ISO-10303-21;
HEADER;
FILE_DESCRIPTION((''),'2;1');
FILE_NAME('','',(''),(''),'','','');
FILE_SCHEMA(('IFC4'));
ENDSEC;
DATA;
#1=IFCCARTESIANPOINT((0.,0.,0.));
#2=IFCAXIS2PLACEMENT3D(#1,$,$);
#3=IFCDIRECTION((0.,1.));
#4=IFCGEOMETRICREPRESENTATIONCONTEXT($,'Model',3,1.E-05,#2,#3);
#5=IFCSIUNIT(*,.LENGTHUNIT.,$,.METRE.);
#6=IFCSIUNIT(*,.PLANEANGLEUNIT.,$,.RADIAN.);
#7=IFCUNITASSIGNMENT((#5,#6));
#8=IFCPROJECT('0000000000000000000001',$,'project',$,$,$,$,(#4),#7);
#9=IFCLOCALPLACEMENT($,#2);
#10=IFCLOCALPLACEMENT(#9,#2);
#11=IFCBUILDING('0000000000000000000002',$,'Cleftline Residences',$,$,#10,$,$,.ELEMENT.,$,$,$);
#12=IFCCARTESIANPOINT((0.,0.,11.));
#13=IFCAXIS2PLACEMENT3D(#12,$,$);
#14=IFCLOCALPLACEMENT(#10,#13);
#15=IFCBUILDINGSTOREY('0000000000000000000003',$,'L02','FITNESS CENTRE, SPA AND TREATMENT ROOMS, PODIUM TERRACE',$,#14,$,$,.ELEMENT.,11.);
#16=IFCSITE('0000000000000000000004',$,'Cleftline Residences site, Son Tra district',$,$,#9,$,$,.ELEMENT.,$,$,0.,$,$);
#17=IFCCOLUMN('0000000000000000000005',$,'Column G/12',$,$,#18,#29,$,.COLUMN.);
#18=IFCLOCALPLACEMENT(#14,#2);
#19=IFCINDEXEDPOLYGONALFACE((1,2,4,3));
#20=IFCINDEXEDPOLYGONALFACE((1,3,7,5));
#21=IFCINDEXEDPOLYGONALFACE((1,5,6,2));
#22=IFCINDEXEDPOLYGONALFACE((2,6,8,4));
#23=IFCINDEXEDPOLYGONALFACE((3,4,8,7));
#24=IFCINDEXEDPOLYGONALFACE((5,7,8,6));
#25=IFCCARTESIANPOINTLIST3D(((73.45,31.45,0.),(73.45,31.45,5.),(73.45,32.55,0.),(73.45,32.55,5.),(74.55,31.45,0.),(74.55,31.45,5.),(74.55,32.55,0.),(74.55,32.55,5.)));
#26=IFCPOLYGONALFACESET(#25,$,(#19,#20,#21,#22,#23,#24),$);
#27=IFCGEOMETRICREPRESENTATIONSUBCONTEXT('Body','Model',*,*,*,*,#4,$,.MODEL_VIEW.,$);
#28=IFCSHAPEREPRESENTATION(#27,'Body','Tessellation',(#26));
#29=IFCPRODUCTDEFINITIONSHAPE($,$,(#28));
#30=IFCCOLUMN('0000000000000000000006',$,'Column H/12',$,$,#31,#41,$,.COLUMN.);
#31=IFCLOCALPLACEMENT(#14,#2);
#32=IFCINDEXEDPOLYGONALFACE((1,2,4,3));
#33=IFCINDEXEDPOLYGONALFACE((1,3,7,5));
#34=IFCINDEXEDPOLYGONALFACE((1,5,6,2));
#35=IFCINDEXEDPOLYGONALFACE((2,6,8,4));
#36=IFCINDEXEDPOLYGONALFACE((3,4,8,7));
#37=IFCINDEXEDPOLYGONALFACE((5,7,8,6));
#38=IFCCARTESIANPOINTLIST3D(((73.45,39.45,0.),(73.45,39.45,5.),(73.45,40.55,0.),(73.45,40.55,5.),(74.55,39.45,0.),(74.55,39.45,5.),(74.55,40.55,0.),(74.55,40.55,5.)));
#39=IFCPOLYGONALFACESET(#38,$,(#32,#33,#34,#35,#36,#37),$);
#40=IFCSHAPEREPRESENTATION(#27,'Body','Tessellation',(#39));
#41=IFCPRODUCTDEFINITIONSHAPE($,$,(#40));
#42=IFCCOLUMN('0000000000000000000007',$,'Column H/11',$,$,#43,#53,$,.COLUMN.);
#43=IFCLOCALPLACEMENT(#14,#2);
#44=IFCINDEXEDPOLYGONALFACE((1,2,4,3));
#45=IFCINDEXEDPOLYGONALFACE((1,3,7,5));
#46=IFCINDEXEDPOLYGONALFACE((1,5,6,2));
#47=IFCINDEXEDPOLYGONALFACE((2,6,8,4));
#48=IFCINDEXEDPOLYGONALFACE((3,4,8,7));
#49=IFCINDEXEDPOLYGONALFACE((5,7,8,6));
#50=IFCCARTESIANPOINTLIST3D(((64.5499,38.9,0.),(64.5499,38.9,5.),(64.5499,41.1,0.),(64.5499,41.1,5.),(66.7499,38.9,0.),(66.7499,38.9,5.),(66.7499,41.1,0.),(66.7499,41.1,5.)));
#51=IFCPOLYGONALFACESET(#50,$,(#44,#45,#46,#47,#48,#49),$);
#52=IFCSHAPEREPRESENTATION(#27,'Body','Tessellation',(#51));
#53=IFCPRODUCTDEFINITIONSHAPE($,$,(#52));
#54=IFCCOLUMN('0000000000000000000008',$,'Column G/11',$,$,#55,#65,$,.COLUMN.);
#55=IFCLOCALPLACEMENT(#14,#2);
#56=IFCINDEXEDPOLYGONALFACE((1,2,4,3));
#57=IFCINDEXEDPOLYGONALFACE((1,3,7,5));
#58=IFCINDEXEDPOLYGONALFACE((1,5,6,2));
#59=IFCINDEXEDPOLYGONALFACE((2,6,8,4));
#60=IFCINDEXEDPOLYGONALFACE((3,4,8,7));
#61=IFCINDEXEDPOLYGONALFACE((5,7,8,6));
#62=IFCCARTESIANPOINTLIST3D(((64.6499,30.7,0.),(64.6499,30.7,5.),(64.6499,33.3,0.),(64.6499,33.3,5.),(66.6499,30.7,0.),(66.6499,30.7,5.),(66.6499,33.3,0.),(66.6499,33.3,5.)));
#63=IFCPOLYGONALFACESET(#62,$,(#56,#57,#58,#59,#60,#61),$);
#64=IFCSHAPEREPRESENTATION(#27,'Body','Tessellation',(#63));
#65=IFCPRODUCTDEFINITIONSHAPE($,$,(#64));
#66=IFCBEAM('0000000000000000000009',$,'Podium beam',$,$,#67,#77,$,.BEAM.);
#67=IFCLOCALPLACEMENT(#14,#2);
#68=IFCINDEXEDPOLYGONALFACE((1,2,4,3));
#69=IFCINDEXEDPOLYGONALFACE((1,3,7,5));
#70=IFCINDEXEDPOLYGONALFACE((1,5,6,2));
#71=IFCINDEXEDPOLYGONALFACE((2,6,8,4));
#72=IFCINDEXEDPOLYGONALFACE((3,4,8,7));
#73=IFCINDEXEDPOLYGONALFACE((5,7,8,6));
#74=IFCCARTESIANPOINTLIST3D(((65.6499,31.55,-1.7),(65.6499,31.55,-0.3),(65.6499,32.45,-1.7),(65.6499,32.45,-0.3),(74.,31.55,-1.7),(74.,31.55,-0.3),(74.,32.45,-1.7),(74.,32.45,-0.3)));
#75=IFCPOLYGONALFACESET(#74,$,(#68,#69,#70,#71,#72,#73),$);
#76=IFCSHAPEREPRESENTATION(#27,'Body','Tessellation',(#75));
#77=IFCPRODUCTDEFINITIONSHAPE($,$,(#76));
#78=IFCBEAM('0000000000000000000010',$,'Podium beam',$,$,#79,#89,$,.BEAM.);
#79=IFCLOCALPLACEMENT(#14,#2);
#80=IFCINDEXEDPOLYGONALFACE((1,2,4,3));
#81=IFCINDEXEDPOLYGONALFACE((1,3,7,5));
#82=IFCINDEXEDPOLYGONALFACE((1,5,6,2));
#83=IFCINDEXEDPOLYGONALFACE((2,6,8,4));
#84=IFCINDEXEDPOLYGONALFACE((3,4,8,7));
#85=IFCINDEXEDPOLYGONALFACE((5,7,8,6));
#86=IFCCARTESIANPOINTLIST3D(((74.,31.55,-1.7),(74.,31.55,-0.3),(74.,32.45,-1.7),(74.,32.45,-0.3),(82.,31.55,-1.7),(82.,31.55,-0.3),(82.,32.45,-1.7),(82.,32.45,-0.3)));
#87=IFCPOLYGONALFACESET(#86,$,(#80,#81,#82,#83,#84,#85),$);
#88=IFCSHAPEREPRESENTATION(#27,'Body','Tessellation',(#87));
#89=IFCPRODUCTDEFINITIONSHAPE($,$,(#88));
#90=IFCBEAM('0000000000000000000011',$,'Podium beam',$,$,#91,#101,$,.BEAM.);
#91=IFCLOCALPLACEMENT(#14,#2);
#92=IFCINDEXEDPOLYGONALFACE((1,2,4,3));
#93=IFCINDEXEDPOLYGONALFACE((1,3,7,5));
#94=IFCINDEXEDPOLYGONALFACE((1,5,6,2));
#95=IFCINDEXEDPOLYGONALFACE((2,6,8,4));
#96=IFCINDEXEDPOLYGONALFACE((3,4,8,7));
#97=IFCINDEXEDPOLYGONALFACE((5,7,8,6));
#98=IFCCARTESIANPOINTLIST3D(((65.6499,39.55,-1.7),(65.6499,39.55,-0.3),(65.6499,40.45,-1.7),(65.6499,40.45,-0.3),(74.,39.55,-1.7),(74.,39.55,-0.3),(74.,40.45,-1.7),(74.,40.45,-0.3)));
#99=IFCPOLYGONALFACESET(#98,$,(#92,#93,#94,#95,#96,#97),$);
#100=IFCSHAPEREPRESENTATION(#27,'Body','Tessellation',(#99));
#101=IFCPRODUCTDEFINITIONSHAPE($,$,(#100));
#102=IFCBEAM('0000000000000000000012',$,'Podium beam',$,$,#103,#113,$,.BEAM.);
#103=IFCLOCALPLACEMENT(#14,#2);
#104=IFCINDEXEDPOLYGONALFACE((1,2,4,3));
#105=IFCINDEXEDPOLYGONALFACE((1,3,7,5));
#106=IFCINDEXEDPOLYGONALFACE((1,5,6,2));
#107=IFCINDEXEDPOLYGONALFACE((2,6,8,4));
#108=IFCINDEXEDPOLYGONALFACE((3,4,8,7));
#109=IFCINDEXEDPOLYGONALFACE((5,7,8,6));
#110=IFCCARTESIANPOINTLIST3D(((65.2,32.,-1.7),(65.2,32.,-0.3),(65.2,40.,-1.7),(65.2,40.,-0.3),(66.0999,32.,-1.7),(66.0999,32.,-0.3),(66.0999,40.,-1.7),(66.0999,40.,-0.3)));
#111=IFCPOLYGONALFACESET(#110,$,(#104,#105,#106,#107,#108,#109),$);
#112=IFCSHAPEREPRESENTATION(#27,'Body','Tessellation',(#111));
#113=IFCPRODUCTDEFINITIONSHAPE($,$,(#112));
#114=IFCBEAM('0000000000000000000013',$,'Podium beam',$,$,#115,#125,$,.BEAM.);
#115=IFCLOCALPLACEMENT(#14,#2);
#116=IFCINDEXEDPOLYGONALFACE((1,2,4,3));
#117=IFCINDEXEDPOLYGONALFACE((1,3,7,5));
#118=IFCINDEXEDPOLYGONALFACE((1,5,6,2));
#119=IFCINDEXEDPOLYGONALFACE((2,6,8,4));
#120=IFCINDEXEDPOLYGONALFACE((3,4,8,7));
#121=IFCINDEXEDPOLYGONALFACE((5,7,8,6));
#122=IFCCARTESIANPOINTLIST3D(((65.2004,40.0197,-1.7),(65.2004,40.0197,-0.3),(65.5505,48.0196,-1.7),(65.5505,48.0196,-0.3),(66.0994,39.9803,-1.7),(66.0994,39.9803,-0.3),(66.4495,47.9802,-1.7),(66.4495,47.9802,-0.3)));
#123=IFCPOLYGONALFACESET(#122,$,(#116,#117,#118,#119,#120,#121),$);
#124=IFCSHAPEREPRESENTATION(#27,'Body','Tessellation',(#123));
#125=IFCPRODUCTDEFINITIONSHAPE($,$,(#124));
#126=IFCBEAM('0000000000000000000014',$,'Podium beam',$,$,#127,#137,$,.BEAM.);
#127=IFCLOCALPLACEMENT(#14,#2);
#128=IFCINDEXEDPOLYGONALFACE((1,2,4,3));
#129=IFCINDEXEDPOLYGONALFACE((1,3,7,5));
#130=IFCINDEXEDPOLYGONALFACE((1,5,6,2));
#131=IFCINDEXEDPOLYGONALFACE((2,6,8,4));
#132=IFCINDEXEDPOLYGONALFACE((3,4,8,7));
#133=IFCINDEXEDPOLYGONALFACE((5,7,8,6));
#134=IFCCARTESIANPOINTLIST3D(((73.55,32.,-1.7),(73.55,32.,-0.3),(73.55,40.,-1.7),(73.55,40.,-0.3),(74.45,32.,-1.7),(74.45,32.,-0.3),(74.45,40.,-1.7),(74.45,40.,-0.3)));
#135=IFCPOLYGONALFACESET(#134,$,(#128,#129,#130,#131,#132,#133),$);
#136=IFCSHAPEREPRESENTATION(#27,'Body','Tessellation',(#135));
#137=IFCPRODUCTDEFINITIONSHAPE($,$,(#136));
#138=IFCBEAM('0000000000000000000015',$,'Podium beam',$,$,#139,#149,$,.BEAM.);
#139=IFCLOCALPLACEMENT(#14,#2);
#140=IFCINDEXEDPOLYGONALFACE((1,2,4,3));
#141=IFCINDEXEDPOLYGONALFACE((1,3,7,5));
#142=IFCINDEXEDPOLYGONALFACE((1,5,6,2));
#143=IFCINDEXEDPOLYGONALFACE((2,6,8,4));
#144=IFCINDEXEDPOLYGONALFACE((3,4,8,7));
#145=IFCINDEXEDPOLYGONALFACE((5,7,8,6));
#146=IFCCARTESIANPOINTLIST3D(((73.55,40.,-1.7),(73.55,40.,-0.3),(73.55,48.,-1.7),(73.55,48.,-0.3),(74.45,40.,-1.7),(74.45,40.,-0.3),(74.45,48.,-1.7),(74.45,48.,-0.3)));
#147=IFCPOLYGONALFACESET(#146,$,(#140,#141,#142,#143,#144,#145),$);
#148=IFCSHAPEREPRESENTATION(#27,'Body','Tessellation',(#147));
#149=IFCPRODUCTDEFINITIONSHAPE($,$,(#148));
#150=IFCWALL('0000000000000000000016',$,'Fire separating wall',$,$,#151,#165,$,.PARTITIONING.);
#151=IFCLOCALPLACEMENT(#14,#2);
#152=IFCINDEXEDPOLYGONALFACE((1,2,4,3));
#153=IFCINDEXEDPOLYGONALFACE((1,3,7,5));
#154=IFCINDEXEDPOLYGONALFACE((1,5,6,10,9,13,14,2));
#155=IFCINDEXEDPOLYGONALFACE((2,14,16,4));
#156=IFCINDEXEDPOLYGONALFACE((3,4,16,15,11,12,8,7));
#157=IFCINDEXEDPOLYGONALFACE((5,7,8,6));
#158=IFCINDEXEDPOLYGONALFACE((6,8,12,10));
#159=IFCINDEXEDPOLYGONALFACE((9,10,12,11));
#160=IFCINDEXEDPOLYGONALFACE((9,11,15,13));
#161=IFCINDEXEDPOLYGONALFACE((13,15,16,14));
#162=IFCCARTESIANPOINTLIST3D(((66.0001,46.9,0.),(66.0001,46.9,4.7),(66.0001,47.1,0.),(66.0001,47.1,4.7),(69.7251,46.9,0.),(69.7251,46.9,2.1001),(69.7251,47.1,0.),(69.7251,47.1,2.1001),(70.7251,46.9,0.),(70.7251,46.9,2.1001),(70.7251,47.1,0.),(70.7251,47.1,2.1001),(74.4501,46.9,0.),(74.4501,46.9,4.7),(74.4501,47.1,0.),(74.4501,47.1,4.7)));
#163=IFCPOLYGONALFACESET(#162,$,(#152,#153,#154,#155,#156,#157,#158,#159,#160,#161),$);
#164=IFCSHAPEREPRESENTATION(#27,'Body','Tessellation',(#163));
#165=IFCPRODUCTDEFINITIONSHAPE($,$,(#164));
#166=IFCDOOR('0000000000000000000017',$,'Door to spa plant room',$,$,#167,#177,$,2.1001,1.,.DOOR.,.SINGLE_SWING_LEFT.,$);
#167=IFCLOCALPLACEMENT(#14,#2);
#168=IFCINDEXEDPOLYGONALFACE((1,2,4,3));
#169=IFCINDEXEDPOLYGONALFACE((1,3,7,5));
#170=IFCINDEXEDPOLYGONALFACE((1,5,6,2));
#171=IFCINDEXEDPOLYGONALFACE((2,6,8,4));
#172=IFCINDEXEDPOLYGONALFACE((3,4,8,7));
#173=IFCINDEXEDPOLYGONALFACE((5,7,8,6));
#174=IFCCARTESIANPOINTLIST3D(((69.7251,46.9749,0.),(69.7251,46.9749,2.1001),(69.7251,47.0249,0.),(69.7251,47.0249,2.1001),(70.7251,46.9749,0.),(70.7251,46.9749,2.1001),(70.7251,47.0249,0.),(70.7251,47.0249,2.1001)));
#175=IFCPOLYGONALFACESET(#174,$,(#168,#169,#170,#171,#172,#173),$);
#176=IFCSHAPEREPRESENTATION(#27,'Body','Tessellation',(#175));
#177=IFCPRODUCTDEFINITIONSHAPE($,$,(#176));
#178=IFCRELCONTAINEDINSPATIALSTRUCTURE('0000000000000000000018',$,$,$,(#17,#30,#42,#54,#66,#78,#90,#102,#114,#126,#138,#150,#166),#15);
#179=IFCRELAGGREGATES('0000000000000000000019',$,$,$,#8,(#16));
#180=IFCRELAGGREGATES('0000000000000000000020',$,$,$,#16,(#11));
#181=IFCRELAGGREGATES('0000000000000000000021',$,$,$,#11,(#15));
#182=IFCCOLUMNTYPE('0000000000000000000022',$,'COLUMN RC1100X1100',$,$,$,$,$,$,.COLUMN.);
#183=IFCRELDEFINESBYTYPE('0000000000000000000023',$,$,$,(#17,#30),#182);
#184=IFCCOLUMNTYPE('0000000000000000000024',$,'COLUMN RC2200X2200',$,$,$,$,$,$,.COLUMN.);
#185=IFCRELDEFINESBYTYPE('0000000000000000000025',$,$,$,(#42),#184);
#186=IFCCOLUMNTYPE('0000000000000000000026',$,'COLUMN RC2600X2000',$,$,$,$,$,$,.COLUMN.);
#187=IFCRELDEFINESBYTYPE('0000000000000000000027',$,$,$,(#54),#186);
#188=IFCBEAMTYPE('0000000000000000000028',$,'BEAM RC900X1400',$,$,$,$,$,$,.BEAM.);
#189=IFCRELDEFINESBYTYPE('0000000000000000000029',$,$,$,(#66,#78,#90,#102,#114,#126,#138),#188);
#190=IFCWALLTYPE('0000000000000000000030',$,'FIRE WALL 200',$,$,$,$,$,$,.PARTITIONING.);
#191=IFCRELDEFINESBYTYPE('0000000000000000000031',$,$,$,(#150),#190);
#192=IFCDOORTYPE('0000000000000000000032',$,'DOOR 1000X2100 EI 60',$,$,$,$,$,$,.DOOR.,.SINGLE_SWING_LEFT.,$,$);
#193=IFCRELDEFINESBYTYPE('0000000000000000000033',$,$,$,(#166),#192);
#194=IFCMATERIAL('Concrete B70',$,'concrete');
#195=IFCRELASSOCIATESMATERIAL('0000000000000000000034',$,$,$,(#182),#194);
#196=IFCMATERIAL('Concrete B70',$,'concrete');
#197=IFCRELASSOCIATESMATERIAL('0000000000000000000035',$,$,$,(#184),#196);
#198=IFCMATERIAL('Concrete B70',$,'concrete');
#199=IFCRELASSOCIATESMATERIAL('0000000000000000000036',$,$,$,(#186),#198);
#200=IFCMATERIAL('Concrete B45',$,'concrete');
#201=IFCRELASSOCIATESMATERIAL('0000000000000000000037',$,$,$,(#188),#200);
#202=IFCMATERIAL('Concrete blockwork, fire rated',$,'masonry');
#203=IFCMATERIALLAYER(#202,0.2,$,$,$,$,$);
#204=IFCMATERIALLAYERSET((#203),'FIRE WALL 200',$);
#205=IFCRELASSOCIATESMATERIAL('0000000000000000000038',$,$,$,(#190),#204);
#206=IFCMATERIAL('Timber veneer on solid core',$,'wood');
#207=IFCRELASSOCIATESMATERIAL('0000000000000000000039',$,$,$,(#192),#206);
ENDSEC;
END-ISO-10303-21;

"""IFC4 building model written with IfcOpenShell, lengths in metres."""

from ifc_helpers import new_model, si_unit, direction, frame, frame_2d, origin, origin_2d, place, context, subcontext, project, spatial, rectangle, extrude, material, layer, layer_set, material_profile, profile_set, type_object, element, fill, save


model = new_model("IFC4")

# Units and contexts
model_context = context("Model", 3, precision=1e-05, world=origin(), true_north=direction((0.0, 1.0)))
body_context = subcontext(model_context, "Body", "Model", "MODEL_VIEW")
ifc_project = project(units=[si_unit("LENGTHUNIT", "METRE"), si_unit("PLANEANGLEUNIT", "RADIAN")], contexts=[model_context])

# Site, building, storey
site_placement = place(None, origin())
site = spatial("IfcSite", under=ifc_project, at=site_placement, Name="Cleftline Residences site, Son Tra district", CompositionType="ELEMENT", RefElevation=0.0)
building_placement = place(site_placement, origin())
building = spatial("IfcBuilding", under=site, at=building_placement, Name="Cleftline Residences", CompositionType="ELEMENT")
storey_placement = place(building_placement, frame((0.0, 0.0, 11.0)))
storey = spatial("IfcBuildingStorey", under=building, at=storey_placement, Name="L02", Description="FITNESS CENTRE, SPA AND TREATMENT ROOMS, PODIUM TERRACE", CompositionType="ELEMENT", Elevation=11.0)

# Columns
ifc_material_1 = material(Name="Concrete B70", Category="concrete")
ifc_material_profile_1 = material_profile(ifc_material_1, rectangle(XDim=1.1001, YDim=1.1001, at=origin_2d()))
ifc_profile_set_1 = profile_set([ifc_material_profile_1], Name="Concrete B70")
column_type_1 = type_object("IfcColumnType", Name="COLUMN RC1100X1100", PredefinedType="COLUMN", material=ifc_profile_set_1)
for number, where, z_axis, x_axis, name in (
    (1, (74.0, 32.0, 0.0), (0.0, 0.0, 1.0), (1.0, 0.0, 0.0), "Column G/12"),
    (2, (74.0, 40.0, 0.0), (0.0, 0.0, 1.0), (1.0, 0.0, 0.0), "Column H/12"),
):
    element("IfcColumn", number, at=place(storey_placement, frame(where, z_axis=z_axis, x_axis=x_axis)), inside=storey, type_object=column_type_1, Name=name, PredefinedType="COLUMN", context=body_context, shape_type="SweptSolid", body=[
        extrude(rectangle(XDim=1.1001, YDim=1.1001, at=origin_2d()), origin(), (0.0, 0.0, 1.0), 5.0),
    ])
ifc_material_2 = material(Name="Concrete B70", Category="concrete")
ifc_material_profile_2 = material_profile(ifc_material_2, rectangle(XDim=2.2, YDim=2.2, at=origin_2d()))
ifc_profile_set_2 = profile_set([ifc_material_profile_2], Name="Concrete B70")
column_type_2 = type_object("IfcColumnType", Name="COLUMN RC2200X2200", PredefinedType="COLUMN", material=ifc_profile_set_2)
column_1_placement = place(storey_placement, frame((65.6499, 40.0, 0.0), z_axis=(0.0, 0.0, 1.0), x_axis=(1.0, 0.0, 0.0)))
element("IfcColumn", 3, at=column_1_placement, inside=storey, type_object=column_type_2, Name="Column H/11", PredefinedType="COLUMN", context=body_context, shape_type="SweptSolid", body=[
    extrude(rectangle(XDim=2.2, YDim=2.2, at=origin_2d()), origin(), (0.0, 0.0, 1.0), 5.0),
])
ifc_material_3 = material(Name="Concrete B70", Category="concrete")
ifc_material_profile_3 = material_profile(ifc_material_3, rectangle(XDim=2.6001, YDim=2.0, at=origin_2d()))
ifc_profile_set_3 = profile_set([ifc_material_profile_3], Name="Concrete B70")
column_type_3 = type_object("IfcColumnType", Name="COLUMN RC2600X2000", PredefinedType="COLUMN", material=ifc_profile_set_3)
column_2_placement = place(storey_placement, frame((65.6499, 32.0, 0.0), z_axis=(0.0, 0.0, 1.0), x_axis=(0.0, 1.0, 0.0)))
element("IfcColumn", 4, at=column_2_placement, inside=storey, type_object=column_type_3, Name="Column G/11", PredefinedType="COLUMN", context=body_context, shape_type="SweptSolid", body=[
    extrude(rectangle(XDim=2.6001, YDim=2.0, at=origin_2d()), origin(), (0.0, 0.0, 1.0), 5.0),
])

# Beams
ifc_material_4 = material(Name="Concrete B45", Category="concrete")
ifc_material_profile_4 = material_profile(ifc_material_4, rectangle(XDim=0.8999, YDim=1.3999, at=origin_2d()))
ifc_profile_set_4 = profile_set([ifc_material_profile_4], Name="Concrete B45")
beam_type = type_object("IfcBeamType", Name="BEAM RC900X1400", PredefinedType="BEAM", material=ifc_profile_set_4)
beam_1_placement = place(storey_placement, frame((65.6499, 32.0, -1.0), z_axis=(1.0, 0.0, 0.0), x_axis=(0.0, 1.0, 0.0)))
element("IfcBeam", 5, at=beam_1_placement, inside=storey, type_object=beam_type, Name="Podium beam", PredefinedType="BEAM", context=body_context, shape_type="SweptSolid", body=[
    extrude(rectangle(XDim=0.8999, YDim=1.3999, at=origin_2d()), origin(), (0.0, 0.0, 1.0), 8.3501),
])
beam_2_placement = place(storey_placement, frame((74.0, 32.0, -1.0), z_axis=(1.0, 0.0, 0.0), x_axis=(0.0, 1.0, 0.0)))
element("IfcBeam", 6, at=beam_2_placement, inside=storey, type_object=beam_type, Name="Podium beam", PredefinedType="BEAM", context=body_context, shape_type="SweptSolid", body=[
    extrude(rectangle(XDim=0.8999, YDim=1.3999, at=origin_2d()), origin(), (0.0, 0.0, 1.0), 8.0),
])
beam_3_placement = place(storey_placement, frame((65.6499, 40.0, -1.0), z_axis=(1.0, 0.0, 0.0), x_axis=(0.0, 1.0, 0.0)))
element("IfcBeam", 7, at=beam_3_placement, inside=storey, type_object=beam_type, Name="Podium beam", PredefinedType="BEAM", context=body_context, shape_type="SweptSolid", body=[
    extrude(rectangle(XDim=0.8999, YDim=1.3999, at=origin_2d()), origin(), (0.0, 0.0, 1.0), 8.3501),
])
beam_4_placement = place(storey_placement, frame((65.6499, 32.0, -1.0), z_axis=(0.0, 1.0, 0.0), x_axis=(-1.0, 0.0, 0.0)))
element("IfcBeam", 8, at=beam_4_placement, inside=storey, type_object=beam_type, Name="Podium beam", PredefinedType="BEAM", context=body_context, shape_type="SweptSolid", body=[
    extrude(rectangle(XDim=0.8999, YDim=1.3999, at=origin_2d()), origin(), (0.0, 0.0, 1.0), 8.0),
])
beam_5_placement = place(storey_placement, frame((65.6499, 40.0, -1.0), z_axis=(0.04372, 0.999044, 0.0), x_axis=(-0.999044, 0.04372, 0.0)))
element("IfcBeam", 9, at=beam_5_placement, inside=storey, type_object=beam_type, Name="Podium beam", PredefinedType="BEAM", context=body_context, shape_type="SweptSolid", body=[
    extrude(rectangle(XDim=0.8999, YDim=1.3999, at=origin_2d()), origin(), (0.0, 0.0, 1.0), 8.0076),
])
for number, where, z_axis, x_axis, name in (
    (10, (74.0, 32.0, -1.0), (0.0, 1.0, 0.0), (-1.0, 0.0, 0.0), "Podium beam"),
    (11, (74.0, 40.0, -1.0), (0.0, 1.0, 0.0), (-1.0, 0.0, 0.0), "Podium beam"),
):
    element("IfcBeam", number, at=place(storey_placement, frame(where, z_axis=z_axis, x_axis=x_axis)), inside=storey, type_object=beam_type, Name=name, PredefinedType="BEAM", context=body_context, shape_type="SweptSolid", body=[
        extrude(rectangle(XDim=0.8999, YDim=1.3999, at=origin_2d()), origin(), (0.0, 0.0, 1.0), 8.0),
    ])

# Wall, opening, door
ifc_material_5 = material(Name="Concrete blockwork, fire rated", Category="masonry")
ifc_layer_1 = layer(ifc_material_5, 0.2)
ifc_layer_set_1 = layer_set([ifc_layer_1], Name="FIRE WALL 200")
wall_type_1 = type_object("IfcWallType", Name="FIRE WALL 200", PredefinedType="PARTITIONING", material=ifc_layer_set_1)
wall_1_placement = place(storey_placement, frame((66.0, 47.0, 0.0), z_axis=(0.0, 0.0, 1.0), x_axis=(1.0, 0.0, 0.0)))
wall_1 = element("IfcWall", 12, at=wall_1_placement, inside=storey, type_object=wall_type_1, Name="Fire separating wall", PredefinedType="PARTITIONING", context=body_context, shape_type="SweptSolid", body=[
    extrude(rectangle(XDim=8.45, YDim=0.2, at=frame_2d((4.2251, 0.0))), origin(), (0.0, 0.0, 1.0), 4.7),
])
opening_1_placement = place(wall_1_placement, frame((3.7251, 0.0, 0.0)))
opening_1 = element("IfcOpeningElement", 13, at=opening_1_placement, cuts=wall_1, PredefinedType="OPENING", context=body_context, shape_type="SweptSolid", body=[
    extrude(rectangle(XDim=1.0, YDim=2.1001, at=frame_2d((0.5, 1.05))), frame((0.0, 0.1099, 0.0), z_axis=(0.0, -1.0, 0.0), x_axis=(1.0, 0.0, 0.0)), (0.0, 0.0, 1.0), 0.22),
])
ifc_material_6 = material(Name="Timber veneer on solid core", Category="wood")
door_type_1 = type_object("IfcDoorType", Name="DOOR 1000X2100 EI 60", OperationType="SINGLE_SWING_LEFT", PredefinedType="DOOR", material=ifc_material_6)
door_1_placement = place(opening_1_placement, origin())
door_1 = element("IfcDoor", 14, at=door_1_placement, inside=storey, type_object=door_type_1, Name="Door to spa plant room", OperationType="SINGLE_SWING_LEFT", OverallHeight=2.1001, OverallWidth=1.0, PredefinedType="DOOR", context=body_context, shape_type="SweptSolid", body=[
    extrude(rectangle(XDim=1.0, YDim=2.1001, at=frame_2d((0.5, 1.05))), frame((0.0, 0.0249, 0.0), z_axis=(0.0, -1.0, 0.0), x_axis=(1.0, 0.0, 0.0)), (0.0, 0.0, 1.0), 0.05),
])
fill(opening_1, door_1)

save(model, "model.ifc")
